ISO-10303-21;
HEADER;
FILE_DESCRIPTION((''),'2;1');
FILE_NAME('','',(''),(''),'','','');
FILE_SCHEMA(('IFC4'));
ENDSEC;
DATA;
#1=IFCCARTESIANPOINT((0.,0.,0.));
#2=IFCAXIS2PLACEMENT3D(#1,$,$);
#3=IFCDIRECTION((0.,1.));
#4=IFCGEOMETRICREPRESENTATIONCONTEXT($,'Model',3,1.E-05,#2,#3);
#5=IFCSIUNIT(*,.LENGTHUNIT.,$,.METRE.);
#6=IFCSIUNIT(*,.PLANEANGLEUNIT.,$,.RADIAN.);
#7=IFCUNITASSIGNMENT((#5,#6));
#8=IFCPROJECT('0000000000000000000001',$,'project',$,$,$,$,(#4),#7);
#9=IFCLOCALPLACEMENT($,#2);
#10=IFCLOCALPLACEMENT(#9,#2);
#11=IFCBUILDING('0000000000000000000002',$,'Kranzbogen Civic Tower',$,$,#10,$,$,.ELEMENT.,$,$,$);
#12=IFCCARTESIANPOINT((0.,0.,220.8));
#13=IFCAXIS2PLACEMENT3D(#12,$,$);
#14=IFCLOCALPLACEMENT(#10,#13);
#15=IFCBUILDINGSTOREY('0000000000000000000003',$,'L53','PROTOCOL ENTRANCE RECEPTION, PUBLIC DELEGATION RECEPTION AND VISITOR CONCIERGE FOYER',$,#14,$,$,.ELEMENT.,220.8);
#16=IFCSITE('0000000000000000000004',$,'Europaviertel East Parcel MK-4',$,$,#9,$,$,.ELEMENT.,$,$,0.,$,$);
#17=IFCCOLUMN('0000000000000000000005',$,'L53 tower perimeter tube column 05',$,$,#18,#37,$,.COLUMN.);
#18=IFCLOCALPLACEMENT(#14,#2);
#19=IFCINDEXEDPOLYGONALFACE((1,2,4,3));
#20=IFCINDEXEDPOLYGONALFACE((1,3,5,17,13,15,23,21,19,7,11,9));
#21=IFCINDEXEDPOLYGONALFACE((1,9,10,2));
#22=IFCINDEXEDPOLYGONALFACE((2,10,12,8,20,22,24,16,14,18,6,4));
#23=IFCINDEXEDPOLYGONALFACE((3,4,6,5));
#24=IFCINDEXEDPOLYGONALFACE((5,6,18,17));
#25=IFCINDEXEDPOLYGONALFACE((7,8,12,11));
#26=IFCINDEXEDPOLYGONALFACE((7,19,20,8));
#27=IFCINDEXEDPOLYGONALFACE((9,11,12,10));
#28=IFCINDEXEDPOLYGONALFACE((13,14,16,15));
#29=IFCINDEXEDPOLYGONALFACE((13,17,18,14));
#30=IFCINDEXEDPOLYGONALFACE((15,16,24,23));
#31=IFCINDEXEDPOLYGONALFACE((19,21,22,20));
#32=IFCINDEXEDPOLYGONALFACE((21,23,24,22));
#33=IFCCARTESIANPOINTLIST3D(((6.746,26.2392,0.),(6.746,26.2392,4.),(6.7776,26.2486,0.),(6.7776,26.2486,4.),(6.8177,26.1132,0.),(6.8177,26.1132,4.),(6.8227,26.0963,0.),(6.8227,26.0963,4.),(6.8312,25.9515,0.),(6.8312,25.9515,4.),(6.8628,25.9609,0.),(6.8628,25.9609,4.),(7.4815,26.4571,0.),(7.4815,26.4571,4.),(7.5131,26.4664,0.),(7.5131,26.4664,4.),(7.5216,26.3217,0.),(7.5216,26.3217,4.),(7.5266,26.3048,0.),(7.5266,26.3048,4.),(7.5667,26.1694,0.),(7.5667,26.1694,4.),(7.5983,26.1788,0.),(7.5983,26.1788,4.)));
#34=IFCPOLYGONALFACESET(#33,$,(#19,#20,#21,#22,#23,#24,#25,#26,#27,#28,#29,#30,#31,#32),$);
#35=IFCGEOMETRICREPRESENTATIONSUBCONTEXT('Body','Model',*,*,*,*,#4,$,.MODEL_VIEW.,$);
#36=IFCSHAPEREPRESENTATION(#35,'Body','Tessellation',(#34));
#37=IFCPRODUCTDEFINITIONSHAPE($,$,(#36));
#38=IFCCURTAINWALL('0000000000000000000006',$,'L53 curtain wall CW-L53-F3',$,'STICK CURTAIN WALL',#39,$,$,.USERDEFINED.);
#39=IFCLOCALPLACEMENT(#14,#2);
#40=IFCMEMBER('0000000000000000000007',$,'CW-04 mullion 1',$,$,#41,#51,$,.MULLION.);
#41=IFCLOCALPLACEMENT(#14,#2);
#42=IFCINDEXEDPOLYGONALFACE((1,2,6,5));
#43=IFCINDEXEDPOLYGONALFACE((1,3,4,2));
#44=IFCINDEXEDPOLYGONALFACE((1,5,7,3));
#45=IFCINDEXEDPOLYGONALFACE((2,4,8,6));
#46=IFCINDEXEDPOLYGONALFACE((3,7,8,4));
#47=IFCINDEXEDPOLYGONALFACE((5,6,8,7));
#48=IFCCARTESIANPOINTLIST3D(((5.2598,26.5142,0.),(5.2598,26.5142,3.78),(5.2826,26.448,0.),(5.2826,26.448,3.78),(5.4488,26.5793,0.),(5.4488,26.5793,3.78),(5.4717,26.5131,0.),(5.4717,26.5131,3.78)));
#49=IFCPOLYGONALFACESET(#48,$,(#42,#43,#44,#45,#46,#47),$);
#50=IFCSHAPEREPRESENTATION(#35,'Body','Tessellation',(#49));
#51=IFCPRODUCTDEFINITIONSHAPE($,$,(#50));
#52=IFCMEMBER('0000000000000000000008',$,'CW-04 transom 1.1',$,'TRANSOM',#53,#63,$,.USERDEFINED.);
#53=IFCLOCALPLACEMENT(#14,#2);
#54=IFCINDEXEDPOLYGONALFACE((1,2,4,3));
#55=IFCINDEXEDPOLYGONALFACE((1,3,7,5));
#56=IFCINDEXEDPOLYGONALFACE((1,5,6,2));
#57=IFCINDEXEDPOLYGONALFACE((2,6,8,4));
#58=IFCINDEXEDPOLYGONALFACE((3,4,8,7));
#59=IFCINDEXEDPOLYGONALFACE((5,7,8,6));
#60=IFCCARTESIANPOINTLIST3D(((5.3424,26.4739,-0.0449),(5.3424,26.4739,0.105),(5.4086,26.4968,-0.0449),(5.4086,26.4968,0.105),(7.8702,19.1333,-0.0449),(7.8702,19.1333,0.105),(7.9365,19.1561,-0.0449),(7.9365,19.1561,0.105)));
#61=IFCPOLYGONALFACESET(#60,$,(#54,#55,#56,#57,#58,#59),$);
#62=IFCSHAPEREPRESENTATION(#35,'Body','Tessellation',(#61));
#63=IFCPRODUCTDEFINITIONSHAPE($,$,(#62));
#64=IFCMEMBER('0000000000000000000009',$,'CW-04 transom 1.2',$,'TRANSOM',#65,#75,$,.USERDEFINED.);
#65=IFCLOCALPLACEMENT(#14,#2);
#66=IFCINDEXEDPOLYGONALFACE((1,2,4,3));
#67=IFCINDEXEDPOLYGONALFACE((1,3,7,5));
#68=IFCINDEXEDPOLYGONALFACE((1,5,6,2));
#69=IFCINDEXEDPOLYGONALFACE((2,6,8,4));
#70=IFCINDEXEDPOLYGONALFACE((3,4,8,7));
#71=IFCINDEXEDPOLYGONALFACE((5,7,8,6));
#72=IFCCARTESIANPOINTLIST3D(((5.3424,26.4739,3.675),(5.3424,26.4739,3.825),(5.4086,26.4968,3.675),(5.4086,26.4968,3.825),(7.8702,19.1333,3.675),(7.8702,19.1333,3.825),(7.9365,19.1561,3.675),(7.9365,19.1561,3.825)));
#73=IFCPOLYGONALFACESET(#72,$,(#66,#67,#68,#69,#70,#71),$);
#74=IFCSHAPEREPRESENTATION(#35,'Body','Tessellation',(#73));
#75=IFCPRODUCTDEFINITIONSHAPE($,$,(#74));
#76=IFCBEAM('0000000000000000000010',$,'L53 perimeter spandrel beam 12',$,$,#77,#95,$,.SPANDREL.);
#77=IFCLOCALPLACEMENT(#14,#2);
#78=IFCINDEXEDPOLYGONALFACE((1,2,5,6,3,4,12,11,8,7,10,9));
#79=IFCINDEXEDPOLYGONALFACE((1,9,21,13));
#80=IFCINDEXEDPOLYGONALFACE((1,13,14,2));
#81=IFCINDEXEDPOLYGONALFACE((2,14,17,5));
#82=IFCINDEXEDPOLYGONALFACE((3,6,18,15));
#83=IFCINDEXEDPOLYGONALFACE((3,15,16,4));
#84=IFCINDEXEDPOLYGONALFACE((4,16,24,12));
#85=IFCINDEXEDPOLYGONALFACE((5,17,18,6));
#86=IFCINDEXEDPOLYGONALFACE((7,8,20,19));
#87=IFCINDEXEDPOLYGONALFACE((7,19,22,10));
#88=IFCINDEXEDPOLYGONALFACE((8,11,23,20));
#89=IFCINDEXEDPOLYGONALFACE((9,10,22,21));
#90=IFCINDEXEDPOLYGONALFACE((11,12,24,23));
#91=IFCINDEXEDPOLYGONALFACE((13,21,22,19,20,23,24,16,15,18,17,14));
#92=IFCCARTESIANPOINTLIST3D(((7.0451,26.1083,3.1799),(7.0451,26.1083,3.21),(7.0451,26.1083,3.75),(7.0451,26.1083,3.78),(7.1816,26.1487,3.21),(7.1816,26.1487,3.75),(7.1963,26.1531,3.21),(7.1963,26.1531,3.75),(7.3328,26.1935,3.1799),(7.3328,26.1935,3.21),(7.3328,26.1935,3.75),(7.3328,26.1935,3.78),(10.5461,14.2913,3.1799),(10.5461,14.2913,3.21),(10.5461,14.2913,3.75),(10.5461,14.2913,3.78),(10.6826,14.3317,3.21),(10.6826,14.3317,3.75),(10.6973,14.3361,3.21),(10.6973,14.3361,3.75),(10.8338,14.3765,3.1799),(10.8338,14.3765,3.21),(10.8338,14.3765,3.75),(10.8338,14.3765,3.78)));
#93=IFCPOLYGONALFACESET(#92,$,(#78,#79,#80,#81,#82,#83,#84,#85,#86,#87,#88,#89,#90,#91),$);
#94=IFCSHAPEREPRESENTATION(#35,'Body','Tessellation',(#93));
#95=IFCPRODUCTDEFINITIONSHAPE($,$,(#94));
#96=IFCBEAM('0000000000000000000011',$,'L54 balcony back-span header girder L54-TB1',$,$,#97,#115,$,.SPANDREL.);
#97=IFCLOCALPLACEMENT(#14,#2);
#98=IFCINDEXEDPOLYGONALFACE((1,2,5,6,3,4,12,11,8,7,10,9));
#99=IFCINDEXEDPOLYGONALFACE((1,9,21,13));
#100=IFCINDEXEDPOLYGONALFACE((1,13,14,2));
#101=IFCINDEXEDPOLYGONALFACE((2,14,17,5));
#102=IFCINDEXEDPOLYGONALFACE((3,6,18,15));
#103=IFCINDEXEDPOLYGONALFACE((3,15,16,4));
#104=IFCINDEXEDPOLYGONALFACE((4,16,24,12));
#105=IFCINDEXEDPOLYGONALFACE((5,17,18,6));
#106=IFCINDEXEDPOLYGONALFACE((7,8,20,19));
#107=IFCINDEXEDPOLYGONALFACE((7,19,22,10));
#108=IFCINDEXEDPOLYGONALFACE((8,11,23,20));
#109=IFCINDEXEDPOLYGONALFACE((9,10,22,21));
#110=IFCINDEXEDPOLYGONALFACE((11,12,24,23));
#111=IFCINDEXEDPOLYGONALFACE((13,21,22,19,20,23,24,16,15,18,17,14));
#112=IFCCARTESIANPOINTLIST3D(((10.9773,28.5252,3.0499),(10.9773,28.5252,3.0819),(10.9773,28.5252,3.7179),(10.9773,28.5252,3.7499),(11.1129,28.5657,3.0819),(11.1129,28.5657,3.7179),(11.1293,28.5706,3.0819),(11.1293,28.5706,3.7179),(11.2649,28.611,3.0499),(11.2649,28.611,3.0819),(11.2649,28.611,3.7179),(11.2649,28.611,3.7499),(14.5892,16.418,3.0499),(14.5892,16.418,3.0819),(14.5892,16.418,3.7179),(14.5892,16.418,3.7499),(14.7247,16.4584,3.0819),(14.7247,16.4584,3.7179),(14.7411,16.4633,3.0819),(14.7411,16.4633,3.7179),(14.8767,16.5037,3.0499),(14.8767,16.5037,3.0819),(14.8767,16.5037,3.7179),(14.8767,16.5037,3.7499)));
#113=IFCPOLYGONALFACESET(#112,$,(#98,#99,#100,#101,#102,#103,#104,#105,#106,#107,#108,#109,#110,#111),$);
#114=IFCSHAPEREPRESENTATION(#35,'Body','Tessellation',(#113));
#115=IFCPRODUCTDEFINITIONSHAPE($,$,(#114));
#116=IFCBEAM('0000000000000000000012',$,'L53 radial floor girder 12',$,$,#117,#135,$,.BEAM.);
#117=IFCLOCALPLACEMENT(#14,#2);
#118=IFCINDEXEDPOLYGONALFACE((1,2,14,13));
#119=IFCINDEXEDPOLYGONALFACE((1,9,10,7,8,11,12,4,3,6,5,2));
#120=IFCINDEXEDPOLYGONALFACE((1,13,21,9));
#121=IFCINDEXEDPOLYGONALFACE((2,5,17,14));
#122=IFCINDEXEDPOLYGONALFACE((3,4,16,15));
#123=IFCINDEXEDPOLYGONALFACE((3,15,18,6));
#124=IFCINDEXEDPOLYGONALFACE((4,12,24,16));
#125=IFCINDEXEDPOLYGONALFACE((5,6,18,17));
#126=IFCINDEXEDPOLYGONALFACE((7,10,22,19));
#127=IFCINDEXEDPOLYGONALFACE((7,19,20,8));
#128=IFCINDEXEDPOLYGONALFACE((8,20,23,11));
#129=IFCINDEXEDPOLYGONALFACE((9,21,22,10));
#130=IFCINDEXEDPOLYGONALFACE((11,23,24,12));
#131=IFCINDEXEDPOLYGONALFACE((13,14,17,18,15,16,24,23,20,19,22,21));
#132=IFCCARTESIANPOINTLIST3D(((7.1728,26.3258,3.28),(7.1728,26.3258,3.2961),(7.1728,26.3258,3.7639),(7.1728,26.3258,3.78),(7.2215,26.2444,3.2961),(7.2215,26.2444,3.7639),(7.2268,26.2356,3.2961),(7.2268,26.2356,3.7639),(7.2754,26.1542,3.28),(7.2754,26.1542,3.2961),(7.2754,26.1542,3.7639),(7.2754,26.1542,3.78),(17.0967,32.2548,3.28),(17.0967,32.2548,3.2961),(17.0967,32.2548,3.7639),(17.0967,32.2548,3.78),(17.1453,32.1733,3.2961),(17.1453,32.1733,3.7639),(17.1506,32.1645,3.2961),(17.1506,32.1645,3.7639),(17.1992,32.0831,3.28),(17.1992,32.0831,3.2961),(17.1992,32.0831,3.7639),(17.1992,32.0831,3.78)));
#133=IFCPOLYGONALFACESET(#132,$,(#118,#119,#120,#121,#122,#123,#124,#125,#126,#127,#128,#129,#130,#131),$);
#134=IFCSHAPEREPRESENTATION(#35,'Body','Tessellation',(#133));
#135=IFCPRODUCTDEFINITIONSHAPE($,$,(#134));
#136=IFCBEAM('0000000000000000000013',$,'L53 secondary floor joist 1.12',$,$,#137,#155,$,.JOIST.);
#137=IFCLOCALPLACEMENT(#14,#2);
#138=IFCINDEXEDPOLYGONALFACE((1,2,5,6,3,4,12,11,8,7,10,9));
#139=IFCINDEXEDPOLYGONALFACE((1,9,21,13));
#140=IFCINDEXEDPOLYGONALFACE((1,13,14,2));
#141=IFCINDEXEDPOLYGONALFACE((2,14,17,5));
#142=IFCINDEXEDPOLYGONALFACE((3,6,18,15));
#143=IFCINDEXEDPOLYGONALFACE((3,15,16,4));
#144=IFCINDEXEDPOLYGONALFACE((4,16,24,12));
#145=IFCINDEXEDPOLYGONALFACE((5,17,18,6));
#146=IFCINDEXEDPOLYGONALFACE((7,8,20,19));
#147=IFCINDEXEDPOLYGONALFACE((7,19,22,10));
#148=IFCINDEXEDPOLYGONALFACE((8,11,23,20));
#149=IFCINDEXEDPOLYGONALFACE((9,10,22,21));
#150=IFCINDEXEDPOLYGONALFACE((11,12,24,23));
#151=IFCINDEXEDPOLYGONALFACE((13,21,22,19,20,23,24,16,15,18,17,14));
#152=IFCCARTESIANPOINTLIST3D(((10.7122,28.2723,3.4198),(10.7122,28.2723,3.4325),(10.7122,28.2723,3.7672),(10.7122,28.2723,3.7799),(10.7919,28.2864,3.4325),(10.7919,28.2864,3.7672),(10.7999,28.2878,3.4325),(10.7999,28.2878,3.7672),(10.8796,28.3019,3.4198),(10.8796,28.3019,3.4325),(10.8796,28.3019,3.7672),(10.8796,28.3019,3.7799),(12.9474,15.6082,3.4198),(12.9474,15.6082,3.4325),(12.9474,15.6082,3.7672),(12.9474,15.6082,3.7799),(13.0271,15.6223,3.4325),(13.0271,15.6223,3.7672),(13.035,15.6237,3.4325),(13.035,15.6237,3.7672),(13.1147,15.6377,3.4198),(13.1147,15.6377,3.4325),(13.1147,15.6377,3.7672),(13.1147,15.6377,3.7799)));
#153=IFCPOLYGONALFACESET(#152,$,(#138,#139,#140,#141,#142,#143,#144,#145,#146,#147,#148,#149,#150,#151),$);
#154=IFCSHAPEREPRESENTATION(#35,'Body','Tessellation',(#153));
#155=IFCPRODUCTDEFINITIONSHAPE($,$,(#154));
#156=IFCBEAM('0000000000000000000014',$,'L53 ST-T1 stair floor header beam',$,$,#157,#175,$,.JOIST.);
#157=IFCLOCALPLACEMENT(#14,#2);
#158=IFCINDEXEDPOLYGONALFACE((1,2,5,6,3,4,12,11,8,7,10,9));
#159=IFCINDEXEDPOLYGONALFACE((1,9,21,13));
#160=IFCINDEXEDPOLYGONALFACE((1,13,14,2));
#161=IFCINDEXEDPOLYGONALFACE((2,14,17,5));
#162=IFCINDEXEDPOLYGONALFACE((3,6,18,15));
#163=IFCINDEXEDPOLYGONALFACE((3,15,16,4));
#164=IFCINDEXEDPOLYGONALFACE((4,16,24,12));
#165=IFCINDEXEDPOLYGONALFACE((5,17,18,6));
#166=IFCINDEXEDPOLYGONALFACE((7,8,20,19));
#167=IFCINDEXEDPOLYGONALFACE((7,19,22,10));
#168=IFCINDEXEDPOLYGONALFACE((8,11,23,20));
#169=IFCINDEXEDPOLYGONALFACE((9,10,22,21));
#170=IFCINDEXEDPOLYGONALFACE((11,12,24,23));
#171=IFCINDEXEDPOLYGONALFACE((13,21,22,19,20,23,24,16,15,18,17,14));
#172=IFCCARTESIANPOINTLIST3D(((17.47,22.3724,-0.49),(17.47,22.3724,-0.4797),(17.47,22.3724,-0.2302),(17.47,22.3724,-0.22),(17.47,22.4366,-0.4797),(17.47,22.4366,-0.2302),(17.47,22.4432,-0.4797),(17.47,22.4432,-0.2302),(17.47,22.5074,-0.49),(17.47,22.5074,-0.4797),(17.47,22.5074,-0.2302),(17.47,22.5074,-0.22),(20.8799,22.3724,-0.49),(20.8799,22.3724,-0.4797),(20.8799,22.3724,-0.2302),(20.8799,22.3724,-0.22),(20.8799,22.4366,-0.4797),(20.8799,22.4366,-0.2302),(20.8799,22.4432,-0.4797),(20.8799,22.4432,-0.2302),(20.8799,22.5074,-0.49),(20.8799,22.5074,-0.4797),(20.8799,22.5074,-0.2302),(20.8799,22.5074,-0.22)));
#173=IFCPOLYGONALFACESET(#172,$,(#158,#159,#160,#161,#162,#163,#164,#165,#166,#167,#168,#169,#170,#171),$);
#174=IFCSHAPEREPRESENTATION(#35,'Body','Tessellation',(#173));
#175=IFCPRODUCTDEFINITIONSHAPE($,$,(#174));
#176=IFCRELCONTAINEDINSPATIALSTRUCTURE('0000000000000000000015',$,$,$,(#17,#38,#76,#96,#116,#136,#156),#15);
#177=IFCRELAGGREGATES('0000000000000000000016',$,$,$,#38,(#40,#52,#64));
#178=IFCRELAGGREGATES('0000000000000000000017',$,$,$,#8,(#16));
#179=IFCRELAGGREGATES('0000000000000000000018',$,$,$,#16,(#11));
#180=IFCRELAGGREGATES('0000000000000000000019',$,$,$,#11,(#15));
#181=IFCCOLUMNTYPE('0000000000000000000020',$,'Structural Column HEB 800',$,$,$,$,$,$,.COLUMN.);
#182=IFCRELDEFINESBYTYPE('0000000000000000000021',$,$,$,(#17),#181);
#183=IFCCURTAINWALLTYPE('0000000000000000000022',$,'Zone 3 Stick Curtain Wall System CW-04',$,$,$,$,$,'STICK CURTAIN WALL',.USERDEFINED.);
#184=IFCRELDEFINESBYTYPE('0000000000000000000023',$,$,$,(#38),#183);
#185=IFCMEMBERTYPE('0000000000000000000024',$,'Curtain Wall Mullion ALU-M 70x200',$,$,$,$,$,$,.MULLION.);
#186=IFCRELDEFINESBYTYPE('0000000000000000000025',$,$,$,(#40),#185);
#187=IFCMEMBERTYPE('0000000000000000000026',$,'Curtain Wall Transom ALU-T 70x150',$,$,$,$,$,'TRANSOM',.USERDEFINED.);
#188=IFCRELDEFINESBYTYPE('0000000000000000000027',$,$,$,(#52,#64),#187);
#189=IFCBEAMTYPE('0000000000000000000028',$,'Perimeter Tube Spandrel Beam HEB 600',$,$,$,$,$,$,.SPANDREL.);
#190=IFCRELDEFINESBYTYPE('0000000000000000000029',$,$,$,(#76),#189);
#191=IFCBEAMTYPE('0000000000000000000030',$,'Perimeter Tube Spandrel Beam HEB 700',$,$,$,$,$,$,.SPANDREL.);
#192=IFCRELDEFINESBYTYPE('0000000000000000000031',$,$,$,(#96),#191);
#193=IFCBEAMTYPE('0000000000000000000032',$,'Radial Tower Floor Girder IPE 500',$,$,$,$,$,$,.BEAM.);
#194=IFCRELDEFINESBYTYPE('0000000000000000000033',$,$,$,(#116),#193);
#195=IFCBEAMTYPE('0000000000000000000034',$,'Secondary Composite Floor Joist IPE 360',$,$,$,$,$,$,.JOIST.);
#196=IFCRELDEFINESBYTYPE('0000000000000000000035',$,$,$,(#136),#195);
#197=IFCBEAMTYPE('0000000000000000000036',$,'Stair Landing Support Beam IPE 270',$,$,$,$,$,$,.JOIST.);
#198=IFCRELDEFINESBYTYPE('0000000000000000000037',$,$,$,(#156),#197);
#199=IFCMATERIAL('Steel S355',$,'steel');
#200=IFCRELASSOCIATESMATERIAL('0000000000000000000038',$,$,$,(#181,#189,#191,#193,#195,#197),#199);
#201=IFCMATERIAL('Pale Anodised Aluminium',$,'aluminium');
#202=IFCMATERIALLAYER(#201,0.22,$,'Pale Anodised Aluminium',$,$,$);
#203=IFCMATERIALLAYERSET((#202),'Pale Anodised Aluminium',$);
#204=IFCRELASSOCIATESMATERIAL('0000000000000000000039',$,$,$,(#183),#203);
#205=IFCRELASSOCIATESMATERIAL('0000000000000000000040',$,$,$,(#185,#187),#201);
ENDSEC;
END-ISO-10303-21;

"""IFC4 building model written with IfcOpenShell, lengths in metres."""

from ifc_helpers import new_model, si_unit, direction, frame, origin, origin_2d, place, context, subcontext, project, spatial, rectangle, i_section, extrude, material, layer, layer_set, material_profile, profile_set, type_object, element, aggregate, save


model = new_model("IFC4")

# Units and contexts
model_context = context("Model", 3, precision=1e-05, world=origin(), true_north=direction((0.0, 1.0)))
body_context = subcontext(model_context, "Body", "Model", "MODEL_VIEW")
ifc_project = project(units=[si_unit("LENGTHUNIT", "METRE"), si_unit("PLANEANGLEUNIT", "RADIAN")], contexts=[model_context])

# Site, building, storey
site_placement = place(None, origin())
site = spatial("IfcSite", under=ifc_project, at=site_placement, Name="Europaviertel East Parcel MK-4", CompositionType="ELEMENT", RefElevation=0.0)
building_placement = place(site_placement, origin())
building = spatial("IfcBuilding", under=site, at=building_placement, Name="Kranzbogen Civic Tower", CompositionType="ELEMENT")
storey_placement = place(building_placement, frame((0.0, 0.0, 220.8)))
storey = spatial("IfcBuildingStorey", under=building, at=storey_placement, Name="L53", Description="PROTOCOL ENTRANCE RECEPTION, PUBLIC DELEGATION RECEPTION AND VISITOR CONCIERGE FOYER", CompositionType="ELEMENT", Elevation=220.8)

# Column
ifc_material_1 = material(Name="Steel S355", Category="steel")
ifc_material_profile_1 = material_profile(ifc_material_1, i_section(OverallWidth=0.3, OverallDepth=0.8, WebThickness=0.0176, FlangeThickness=0.033, at=origin_2d()), Name="HEB 800")
ifc_profile_set_1 = profile_set([ifc_material_profile_1], Name="Steel S355")
column_type = type_object("IfcColumnType", Name="Structural Column HEB 800", PredefinedType="COLUMN", material=ifc_profile_set_1)
column_placement = place(storey_placement, frame((7.1721, 26.209, 0.0), z_axis=(0.0, 0.0, 1.0), x_axis=(-0.284015, 0.95882, 0.0)))
element("IfcColumn", 1, at=column_placement, inside=storey, type_object=column_type, Name="L53 tower perimeter tube column 05", PredefinedType="COLUMN", context=body_context, shape_type="SweptSolid", body=[
    extrude(i_section(OverallWidth=0.3, OverallDepth=0.8, WebThickness=0.0176, FlangeThickness=0.033, at=origin_2d()), origin(), (0.0, 0.0, 1.0), 4.0),
])

# Curtain wall, members
ifc_material_2 = material(Name="Pale Anodised Aluminium", Category="aluminium")
ifc_layer_1 = layer(ifc_material_2, 0.22, Name="Pale Anodised Aluminium")
ifc_layer_set_1 = layer_set([ifc_layer_1], Name="Pale Anodised Aluminium")
curtain_wall_type = type_object("IfcCurtainWallType", Name="Zone 3 Stick Curtain Wall System CW-04", ElementType="STICK CURTAIN WALL", PredefinedType="USERDEFINED", material=ifc_layer_set_1)
curtain_wall_placement = place(storey_placement, origin())
curtain_wall = element("IfcCurtainWall", 2, at=curtain_wall_placement, inside=storey, type_object=curtain_wall_type, Name="L53 curtain wall CW-L53-F3", ObjectType="STICK CURTAIN WALL", PredefinedType="USERDEFINED")
ifc_material_profile_2 = material_profile(ifc_material_2, rectangle(XDim=0.0701, YDim=0.2, at=origin_2d()), Name="ALU-M 70x200")
ifc_profile_set_2 = profile_set([ifc_material_profile_2], Name="Pale Anodised Aluminium")
member_type_1 = type_object("IfcMemberType", Name="Curtain Wall Mullion ALU-M 70x200", PredefinedType="MULLION", material=ifc_profile_set_2)
member_1_placement = place(storey_placement, frame((5.3657, 26.5137, 0.0), z_axis=(0.0, 0.0, 1.0), x_axis=(0.32559, -0.945511, 0.0)))
member_1 = element("IfcMember", 3, at=member_1_placement, type_object=member_type_1, Name="CW-04 mullion 1", PredefinedType="MULLION", context=body_context, shape_type="SweptSolid", body=[
    extrude(rectangle(XDim=0.0701, YDim=0.2, at=origin_2d()), origin(), (0.0, 0.0, 1.0), 3.78),
])
ifc_material_profile_3 = material_profile(ifc_material_2, rectangle(XDim=0.0701, YDim=0.1499, at=origin_2d()), Name="ALU-T 70x150")
ifc_profile_set_3 = profile_set([ifc_material_profile_3], Name="Pale Anodised Aluminium")
member_type_2 = type_object("IfcMemberType", Name="Curtain Wall Transom ALU-T 70x150", ElementType="TRANSOM", PredefinedType="USERDEFINED", material=ifc_profile_set_3)
member_2_placement = place(storey_placement, frame((5.3755, 26.4854, 0.03), z_axis=(0.325599, -0.945508, 0.0), x_axis=(0.945508, 0.325599, 0.0)))
member_2 = element("IfcMember", 4, at=member_2_placement, type_object=member_type_2, Name="CW-04 transom 1.1", ObjectType="TRANSOM", PredefinedType="USERDEFINED", context=body_context, shape_type="SweptSolid", body=[
    extrude(rectangle(XDim=0.0701, YDim=0.1499, at=origin_2d()), origin(), (0.0, 0.0, 1.0), 7.7637),
])
member_3_placement = place(storey_placement, frame((5.3755, 26.4854, 3.75), z_axis=(0.325599, -0.945508, 0.0), x_axis=(0.945508, 0.325599, 0.0)))
member_3 = element("IfcMember", 5, at=member_3_placement, type_object=member_type_2, Name="CW-04 transom 1.2", ObjectType="TRANSOM", PredefinedType="USERDEFINED", context=body_context, shape_type="SweptSolid", body=[
    extrude(rectangle(XDim=0.0701, YDim=0.1499, at=origin_2d()), origin(), (0.0, 0.0, 1.0), 7.7637),
])

# Beams
ifc_material_profile_4 = material_profile(ifc_material_1, i_section(OverallWidth=0.3, OverallDepth=0.6001, WebThickness=0.0154, FlangeThickness=0.03, at=origin_2d()), Name="HEB 600")
ifc_profile_set_4 = profile_set([ifc_material_profile_4], Name="Steel S355")
beam_type_1 = type_object("IfcBeamType", Name="Perimeter Tube Spandrel Beam HEB 600", PredefinedType="SPANDREL", material=ifc_profile_set_4)
beam_1_placement = place(storey_placement, frame((7.189, 26.1509, 3.48), z_axis=(0.284064, -0.958805, 0.0), x_axis=(0.958805, 0.284064, 0.0)))
element("IfcBeam", 6, at=beam_1_placement, inside=storey, type_object=beam_type_1, Name="L53 perimeter spandrel beam 12", PredefinedType="SPANDREL", context=body_context, shape_type="SweptSolid", body=[
    extrude(i_section(OverallWidth=0.3, OverallDepth=0.6001, WebThickness=0.0154, FlangeThickness=0.03, at=origin_2d()), origin(), (0.0, 0.0, 1.0), 12.3247),
])
ifc_material_profile_5 = material_profile(ifc_material_1, i_section(OverallWidth=0.3, OverallDepth=0.7, WebThickness=0.0171, FlangeThickness=0.032, at=origin_2d()), Name="HEB 700")
ifc_profile_set_5 = profile_set([ifc_material_profile_5], Name="Steel S355")
beam_type_2 = type_object("IfcBeamType", Name="Perimeter Tube Spandrel Beam HEB 700", PredefinedType="SPANDREL", material=ifc_profile_set_5)
beam_2_placement = place(storey_placement, frame((11.1211, 28.5681, 3.3999), z_axis=(0.285871, -0.958268, 0.0), x_axis=(0.958268, 0.285871, 0.0)))
element("IfcBeam", 7, at=beam_2_placement, inside=storey, type_object=beam_type_2, Name="L54 balcony back-span header girder L54-TB1", PredefinedType="SPANDREL", context=body_context, shape_type="SweptSolid", body=[
    extrude(i_section(OverallWidth=0.3, OverallDepth=0.7, WebThickness=0.0171, FlangeThickness=0.032, at=origin_2d()), origin(), (0.0, 0.0, 1.0), 12.6345),
])
ifc_material_profile_6 = material_profile(ifc_material_1, i_section(OverallWidth=0.2, OverallDepth=0.5, WebThickness=0.0103, FlangeThickness=0.0161, at=origin_2d()), Name="IPE 500")
ifc_profile_set_6 = profile_set([ifc_material_profile_6], Name="Steel S355")
beam_type_3 = type_object("IfcBeamType", Name="Radial Tower Floor Girder IPE 500", PredefinedType="BEAM", material=ifc_profile_set_6)
beam_3_placement = place(storey_placement, frame((7.2241, 26.24, 3.53), z_axis=(0.858459, 0.512883, 0.0), x_axis=(-0.512883, 0.858459, 0.0)))
element("IfcBeam", 8, at=beam_3_placement, inside=storey, type_object=beam_type_3, Name="L53 radial floor girder 12", PredefinedType="BEAM", context=body_context, shape_type="SweptSolid", body=[
    extrude(i_section(OverallWidth=0.2, OverallDepth=0.5, WebThickness=0.0103, FlangeThickness=0.0161, at=origin_2d()), origin(), (0.0, 0.0, 1.0), 11.5601),
])
ifc_material_profile_7 = material_profile(ifc_material_1, i_section(OverallWidth=0.1699, OverallDepth=0.3601, WebThickness=0.0081, FlangeThickness=0.0127, at=origin_2d()), Name="IPE 360")
ifc_profile_set_7 = profile_set([ifc_material_profile_7], Name="Steel S355")
beam_type_4 = type_object("IfcBeamType", Name="Secondary Composite Floor Joist IPE 360", PredefinedType="JOIST", material=ifc_profile_set_7)
beam_4_placement = place(storey_placement, frame((10.7959, 28.2871, 3.5999), z_axis=(0.173806, -0.98478, 0.0), x_axis=(0.98478, 0.173806, 0.0)))
element("IfcBeam", 9, at=beam_4_placement, inside=storey, type_object=beam_type_4, Name="L53 secondary floor joist 1.12", PredefinedType="JOIST", context=body_context, shape_type="SweptSolid", body=[
    extrude(i_section(OverallWidth=0.1699, OverallDepth=0.3601, WebThickness=0.0081, FlangeThickness=0.0127, at=origin_2d()), origin(), (0.0, 0.0, 1.0), 12.8599),
])
ifc_material_profile_8 = material_profile(ifc_material_1, i_section(OverallWidth=0.135, OverallDepth=0.27, WebThickness=0.0066, FlangeThickness=0.0103, at=origin_2d()), Name="IPE 270")
ifc_profile_set_8 = profile_set([ifc_material_profile_8], Name="Steel S355")
beam_type_5 = type_object("IfcBeamType", Name="Stair Landing Support Beam IPE 270", PredefinedType="JOIST", material=ifc_profile_set_8)
for number, where, z_axis, x_axis, name in (
    (10, (20.8799, 22.4399, -0.355), (-1.0, 0.0, 0.0), (0.0, -1.0, 0.0), "L53 ST-T1 stair floor header beam"),
):
    element("IfcBeam", number, at=place(storey_placement, frame(where, z_axis=z_axis, x_axis=x_axis)), inside=storey, type_object=beam_type_5, Name=name, PredefinedType="JOIST", context=body_context, shape_type="SweptSolid", body=[
        extrude(i_section(OverallWidth=0.135, OverallDepth=0.27, WebThickness=0.0066, FlangeThickness=0.0103, at=origin_2d()), origin(), (0.0, 0.0, 1.0), 3.4099),
    ])

aggregate(curtain_wall, [member_1, member_2, member_3])

save(model, "model.ifc")
